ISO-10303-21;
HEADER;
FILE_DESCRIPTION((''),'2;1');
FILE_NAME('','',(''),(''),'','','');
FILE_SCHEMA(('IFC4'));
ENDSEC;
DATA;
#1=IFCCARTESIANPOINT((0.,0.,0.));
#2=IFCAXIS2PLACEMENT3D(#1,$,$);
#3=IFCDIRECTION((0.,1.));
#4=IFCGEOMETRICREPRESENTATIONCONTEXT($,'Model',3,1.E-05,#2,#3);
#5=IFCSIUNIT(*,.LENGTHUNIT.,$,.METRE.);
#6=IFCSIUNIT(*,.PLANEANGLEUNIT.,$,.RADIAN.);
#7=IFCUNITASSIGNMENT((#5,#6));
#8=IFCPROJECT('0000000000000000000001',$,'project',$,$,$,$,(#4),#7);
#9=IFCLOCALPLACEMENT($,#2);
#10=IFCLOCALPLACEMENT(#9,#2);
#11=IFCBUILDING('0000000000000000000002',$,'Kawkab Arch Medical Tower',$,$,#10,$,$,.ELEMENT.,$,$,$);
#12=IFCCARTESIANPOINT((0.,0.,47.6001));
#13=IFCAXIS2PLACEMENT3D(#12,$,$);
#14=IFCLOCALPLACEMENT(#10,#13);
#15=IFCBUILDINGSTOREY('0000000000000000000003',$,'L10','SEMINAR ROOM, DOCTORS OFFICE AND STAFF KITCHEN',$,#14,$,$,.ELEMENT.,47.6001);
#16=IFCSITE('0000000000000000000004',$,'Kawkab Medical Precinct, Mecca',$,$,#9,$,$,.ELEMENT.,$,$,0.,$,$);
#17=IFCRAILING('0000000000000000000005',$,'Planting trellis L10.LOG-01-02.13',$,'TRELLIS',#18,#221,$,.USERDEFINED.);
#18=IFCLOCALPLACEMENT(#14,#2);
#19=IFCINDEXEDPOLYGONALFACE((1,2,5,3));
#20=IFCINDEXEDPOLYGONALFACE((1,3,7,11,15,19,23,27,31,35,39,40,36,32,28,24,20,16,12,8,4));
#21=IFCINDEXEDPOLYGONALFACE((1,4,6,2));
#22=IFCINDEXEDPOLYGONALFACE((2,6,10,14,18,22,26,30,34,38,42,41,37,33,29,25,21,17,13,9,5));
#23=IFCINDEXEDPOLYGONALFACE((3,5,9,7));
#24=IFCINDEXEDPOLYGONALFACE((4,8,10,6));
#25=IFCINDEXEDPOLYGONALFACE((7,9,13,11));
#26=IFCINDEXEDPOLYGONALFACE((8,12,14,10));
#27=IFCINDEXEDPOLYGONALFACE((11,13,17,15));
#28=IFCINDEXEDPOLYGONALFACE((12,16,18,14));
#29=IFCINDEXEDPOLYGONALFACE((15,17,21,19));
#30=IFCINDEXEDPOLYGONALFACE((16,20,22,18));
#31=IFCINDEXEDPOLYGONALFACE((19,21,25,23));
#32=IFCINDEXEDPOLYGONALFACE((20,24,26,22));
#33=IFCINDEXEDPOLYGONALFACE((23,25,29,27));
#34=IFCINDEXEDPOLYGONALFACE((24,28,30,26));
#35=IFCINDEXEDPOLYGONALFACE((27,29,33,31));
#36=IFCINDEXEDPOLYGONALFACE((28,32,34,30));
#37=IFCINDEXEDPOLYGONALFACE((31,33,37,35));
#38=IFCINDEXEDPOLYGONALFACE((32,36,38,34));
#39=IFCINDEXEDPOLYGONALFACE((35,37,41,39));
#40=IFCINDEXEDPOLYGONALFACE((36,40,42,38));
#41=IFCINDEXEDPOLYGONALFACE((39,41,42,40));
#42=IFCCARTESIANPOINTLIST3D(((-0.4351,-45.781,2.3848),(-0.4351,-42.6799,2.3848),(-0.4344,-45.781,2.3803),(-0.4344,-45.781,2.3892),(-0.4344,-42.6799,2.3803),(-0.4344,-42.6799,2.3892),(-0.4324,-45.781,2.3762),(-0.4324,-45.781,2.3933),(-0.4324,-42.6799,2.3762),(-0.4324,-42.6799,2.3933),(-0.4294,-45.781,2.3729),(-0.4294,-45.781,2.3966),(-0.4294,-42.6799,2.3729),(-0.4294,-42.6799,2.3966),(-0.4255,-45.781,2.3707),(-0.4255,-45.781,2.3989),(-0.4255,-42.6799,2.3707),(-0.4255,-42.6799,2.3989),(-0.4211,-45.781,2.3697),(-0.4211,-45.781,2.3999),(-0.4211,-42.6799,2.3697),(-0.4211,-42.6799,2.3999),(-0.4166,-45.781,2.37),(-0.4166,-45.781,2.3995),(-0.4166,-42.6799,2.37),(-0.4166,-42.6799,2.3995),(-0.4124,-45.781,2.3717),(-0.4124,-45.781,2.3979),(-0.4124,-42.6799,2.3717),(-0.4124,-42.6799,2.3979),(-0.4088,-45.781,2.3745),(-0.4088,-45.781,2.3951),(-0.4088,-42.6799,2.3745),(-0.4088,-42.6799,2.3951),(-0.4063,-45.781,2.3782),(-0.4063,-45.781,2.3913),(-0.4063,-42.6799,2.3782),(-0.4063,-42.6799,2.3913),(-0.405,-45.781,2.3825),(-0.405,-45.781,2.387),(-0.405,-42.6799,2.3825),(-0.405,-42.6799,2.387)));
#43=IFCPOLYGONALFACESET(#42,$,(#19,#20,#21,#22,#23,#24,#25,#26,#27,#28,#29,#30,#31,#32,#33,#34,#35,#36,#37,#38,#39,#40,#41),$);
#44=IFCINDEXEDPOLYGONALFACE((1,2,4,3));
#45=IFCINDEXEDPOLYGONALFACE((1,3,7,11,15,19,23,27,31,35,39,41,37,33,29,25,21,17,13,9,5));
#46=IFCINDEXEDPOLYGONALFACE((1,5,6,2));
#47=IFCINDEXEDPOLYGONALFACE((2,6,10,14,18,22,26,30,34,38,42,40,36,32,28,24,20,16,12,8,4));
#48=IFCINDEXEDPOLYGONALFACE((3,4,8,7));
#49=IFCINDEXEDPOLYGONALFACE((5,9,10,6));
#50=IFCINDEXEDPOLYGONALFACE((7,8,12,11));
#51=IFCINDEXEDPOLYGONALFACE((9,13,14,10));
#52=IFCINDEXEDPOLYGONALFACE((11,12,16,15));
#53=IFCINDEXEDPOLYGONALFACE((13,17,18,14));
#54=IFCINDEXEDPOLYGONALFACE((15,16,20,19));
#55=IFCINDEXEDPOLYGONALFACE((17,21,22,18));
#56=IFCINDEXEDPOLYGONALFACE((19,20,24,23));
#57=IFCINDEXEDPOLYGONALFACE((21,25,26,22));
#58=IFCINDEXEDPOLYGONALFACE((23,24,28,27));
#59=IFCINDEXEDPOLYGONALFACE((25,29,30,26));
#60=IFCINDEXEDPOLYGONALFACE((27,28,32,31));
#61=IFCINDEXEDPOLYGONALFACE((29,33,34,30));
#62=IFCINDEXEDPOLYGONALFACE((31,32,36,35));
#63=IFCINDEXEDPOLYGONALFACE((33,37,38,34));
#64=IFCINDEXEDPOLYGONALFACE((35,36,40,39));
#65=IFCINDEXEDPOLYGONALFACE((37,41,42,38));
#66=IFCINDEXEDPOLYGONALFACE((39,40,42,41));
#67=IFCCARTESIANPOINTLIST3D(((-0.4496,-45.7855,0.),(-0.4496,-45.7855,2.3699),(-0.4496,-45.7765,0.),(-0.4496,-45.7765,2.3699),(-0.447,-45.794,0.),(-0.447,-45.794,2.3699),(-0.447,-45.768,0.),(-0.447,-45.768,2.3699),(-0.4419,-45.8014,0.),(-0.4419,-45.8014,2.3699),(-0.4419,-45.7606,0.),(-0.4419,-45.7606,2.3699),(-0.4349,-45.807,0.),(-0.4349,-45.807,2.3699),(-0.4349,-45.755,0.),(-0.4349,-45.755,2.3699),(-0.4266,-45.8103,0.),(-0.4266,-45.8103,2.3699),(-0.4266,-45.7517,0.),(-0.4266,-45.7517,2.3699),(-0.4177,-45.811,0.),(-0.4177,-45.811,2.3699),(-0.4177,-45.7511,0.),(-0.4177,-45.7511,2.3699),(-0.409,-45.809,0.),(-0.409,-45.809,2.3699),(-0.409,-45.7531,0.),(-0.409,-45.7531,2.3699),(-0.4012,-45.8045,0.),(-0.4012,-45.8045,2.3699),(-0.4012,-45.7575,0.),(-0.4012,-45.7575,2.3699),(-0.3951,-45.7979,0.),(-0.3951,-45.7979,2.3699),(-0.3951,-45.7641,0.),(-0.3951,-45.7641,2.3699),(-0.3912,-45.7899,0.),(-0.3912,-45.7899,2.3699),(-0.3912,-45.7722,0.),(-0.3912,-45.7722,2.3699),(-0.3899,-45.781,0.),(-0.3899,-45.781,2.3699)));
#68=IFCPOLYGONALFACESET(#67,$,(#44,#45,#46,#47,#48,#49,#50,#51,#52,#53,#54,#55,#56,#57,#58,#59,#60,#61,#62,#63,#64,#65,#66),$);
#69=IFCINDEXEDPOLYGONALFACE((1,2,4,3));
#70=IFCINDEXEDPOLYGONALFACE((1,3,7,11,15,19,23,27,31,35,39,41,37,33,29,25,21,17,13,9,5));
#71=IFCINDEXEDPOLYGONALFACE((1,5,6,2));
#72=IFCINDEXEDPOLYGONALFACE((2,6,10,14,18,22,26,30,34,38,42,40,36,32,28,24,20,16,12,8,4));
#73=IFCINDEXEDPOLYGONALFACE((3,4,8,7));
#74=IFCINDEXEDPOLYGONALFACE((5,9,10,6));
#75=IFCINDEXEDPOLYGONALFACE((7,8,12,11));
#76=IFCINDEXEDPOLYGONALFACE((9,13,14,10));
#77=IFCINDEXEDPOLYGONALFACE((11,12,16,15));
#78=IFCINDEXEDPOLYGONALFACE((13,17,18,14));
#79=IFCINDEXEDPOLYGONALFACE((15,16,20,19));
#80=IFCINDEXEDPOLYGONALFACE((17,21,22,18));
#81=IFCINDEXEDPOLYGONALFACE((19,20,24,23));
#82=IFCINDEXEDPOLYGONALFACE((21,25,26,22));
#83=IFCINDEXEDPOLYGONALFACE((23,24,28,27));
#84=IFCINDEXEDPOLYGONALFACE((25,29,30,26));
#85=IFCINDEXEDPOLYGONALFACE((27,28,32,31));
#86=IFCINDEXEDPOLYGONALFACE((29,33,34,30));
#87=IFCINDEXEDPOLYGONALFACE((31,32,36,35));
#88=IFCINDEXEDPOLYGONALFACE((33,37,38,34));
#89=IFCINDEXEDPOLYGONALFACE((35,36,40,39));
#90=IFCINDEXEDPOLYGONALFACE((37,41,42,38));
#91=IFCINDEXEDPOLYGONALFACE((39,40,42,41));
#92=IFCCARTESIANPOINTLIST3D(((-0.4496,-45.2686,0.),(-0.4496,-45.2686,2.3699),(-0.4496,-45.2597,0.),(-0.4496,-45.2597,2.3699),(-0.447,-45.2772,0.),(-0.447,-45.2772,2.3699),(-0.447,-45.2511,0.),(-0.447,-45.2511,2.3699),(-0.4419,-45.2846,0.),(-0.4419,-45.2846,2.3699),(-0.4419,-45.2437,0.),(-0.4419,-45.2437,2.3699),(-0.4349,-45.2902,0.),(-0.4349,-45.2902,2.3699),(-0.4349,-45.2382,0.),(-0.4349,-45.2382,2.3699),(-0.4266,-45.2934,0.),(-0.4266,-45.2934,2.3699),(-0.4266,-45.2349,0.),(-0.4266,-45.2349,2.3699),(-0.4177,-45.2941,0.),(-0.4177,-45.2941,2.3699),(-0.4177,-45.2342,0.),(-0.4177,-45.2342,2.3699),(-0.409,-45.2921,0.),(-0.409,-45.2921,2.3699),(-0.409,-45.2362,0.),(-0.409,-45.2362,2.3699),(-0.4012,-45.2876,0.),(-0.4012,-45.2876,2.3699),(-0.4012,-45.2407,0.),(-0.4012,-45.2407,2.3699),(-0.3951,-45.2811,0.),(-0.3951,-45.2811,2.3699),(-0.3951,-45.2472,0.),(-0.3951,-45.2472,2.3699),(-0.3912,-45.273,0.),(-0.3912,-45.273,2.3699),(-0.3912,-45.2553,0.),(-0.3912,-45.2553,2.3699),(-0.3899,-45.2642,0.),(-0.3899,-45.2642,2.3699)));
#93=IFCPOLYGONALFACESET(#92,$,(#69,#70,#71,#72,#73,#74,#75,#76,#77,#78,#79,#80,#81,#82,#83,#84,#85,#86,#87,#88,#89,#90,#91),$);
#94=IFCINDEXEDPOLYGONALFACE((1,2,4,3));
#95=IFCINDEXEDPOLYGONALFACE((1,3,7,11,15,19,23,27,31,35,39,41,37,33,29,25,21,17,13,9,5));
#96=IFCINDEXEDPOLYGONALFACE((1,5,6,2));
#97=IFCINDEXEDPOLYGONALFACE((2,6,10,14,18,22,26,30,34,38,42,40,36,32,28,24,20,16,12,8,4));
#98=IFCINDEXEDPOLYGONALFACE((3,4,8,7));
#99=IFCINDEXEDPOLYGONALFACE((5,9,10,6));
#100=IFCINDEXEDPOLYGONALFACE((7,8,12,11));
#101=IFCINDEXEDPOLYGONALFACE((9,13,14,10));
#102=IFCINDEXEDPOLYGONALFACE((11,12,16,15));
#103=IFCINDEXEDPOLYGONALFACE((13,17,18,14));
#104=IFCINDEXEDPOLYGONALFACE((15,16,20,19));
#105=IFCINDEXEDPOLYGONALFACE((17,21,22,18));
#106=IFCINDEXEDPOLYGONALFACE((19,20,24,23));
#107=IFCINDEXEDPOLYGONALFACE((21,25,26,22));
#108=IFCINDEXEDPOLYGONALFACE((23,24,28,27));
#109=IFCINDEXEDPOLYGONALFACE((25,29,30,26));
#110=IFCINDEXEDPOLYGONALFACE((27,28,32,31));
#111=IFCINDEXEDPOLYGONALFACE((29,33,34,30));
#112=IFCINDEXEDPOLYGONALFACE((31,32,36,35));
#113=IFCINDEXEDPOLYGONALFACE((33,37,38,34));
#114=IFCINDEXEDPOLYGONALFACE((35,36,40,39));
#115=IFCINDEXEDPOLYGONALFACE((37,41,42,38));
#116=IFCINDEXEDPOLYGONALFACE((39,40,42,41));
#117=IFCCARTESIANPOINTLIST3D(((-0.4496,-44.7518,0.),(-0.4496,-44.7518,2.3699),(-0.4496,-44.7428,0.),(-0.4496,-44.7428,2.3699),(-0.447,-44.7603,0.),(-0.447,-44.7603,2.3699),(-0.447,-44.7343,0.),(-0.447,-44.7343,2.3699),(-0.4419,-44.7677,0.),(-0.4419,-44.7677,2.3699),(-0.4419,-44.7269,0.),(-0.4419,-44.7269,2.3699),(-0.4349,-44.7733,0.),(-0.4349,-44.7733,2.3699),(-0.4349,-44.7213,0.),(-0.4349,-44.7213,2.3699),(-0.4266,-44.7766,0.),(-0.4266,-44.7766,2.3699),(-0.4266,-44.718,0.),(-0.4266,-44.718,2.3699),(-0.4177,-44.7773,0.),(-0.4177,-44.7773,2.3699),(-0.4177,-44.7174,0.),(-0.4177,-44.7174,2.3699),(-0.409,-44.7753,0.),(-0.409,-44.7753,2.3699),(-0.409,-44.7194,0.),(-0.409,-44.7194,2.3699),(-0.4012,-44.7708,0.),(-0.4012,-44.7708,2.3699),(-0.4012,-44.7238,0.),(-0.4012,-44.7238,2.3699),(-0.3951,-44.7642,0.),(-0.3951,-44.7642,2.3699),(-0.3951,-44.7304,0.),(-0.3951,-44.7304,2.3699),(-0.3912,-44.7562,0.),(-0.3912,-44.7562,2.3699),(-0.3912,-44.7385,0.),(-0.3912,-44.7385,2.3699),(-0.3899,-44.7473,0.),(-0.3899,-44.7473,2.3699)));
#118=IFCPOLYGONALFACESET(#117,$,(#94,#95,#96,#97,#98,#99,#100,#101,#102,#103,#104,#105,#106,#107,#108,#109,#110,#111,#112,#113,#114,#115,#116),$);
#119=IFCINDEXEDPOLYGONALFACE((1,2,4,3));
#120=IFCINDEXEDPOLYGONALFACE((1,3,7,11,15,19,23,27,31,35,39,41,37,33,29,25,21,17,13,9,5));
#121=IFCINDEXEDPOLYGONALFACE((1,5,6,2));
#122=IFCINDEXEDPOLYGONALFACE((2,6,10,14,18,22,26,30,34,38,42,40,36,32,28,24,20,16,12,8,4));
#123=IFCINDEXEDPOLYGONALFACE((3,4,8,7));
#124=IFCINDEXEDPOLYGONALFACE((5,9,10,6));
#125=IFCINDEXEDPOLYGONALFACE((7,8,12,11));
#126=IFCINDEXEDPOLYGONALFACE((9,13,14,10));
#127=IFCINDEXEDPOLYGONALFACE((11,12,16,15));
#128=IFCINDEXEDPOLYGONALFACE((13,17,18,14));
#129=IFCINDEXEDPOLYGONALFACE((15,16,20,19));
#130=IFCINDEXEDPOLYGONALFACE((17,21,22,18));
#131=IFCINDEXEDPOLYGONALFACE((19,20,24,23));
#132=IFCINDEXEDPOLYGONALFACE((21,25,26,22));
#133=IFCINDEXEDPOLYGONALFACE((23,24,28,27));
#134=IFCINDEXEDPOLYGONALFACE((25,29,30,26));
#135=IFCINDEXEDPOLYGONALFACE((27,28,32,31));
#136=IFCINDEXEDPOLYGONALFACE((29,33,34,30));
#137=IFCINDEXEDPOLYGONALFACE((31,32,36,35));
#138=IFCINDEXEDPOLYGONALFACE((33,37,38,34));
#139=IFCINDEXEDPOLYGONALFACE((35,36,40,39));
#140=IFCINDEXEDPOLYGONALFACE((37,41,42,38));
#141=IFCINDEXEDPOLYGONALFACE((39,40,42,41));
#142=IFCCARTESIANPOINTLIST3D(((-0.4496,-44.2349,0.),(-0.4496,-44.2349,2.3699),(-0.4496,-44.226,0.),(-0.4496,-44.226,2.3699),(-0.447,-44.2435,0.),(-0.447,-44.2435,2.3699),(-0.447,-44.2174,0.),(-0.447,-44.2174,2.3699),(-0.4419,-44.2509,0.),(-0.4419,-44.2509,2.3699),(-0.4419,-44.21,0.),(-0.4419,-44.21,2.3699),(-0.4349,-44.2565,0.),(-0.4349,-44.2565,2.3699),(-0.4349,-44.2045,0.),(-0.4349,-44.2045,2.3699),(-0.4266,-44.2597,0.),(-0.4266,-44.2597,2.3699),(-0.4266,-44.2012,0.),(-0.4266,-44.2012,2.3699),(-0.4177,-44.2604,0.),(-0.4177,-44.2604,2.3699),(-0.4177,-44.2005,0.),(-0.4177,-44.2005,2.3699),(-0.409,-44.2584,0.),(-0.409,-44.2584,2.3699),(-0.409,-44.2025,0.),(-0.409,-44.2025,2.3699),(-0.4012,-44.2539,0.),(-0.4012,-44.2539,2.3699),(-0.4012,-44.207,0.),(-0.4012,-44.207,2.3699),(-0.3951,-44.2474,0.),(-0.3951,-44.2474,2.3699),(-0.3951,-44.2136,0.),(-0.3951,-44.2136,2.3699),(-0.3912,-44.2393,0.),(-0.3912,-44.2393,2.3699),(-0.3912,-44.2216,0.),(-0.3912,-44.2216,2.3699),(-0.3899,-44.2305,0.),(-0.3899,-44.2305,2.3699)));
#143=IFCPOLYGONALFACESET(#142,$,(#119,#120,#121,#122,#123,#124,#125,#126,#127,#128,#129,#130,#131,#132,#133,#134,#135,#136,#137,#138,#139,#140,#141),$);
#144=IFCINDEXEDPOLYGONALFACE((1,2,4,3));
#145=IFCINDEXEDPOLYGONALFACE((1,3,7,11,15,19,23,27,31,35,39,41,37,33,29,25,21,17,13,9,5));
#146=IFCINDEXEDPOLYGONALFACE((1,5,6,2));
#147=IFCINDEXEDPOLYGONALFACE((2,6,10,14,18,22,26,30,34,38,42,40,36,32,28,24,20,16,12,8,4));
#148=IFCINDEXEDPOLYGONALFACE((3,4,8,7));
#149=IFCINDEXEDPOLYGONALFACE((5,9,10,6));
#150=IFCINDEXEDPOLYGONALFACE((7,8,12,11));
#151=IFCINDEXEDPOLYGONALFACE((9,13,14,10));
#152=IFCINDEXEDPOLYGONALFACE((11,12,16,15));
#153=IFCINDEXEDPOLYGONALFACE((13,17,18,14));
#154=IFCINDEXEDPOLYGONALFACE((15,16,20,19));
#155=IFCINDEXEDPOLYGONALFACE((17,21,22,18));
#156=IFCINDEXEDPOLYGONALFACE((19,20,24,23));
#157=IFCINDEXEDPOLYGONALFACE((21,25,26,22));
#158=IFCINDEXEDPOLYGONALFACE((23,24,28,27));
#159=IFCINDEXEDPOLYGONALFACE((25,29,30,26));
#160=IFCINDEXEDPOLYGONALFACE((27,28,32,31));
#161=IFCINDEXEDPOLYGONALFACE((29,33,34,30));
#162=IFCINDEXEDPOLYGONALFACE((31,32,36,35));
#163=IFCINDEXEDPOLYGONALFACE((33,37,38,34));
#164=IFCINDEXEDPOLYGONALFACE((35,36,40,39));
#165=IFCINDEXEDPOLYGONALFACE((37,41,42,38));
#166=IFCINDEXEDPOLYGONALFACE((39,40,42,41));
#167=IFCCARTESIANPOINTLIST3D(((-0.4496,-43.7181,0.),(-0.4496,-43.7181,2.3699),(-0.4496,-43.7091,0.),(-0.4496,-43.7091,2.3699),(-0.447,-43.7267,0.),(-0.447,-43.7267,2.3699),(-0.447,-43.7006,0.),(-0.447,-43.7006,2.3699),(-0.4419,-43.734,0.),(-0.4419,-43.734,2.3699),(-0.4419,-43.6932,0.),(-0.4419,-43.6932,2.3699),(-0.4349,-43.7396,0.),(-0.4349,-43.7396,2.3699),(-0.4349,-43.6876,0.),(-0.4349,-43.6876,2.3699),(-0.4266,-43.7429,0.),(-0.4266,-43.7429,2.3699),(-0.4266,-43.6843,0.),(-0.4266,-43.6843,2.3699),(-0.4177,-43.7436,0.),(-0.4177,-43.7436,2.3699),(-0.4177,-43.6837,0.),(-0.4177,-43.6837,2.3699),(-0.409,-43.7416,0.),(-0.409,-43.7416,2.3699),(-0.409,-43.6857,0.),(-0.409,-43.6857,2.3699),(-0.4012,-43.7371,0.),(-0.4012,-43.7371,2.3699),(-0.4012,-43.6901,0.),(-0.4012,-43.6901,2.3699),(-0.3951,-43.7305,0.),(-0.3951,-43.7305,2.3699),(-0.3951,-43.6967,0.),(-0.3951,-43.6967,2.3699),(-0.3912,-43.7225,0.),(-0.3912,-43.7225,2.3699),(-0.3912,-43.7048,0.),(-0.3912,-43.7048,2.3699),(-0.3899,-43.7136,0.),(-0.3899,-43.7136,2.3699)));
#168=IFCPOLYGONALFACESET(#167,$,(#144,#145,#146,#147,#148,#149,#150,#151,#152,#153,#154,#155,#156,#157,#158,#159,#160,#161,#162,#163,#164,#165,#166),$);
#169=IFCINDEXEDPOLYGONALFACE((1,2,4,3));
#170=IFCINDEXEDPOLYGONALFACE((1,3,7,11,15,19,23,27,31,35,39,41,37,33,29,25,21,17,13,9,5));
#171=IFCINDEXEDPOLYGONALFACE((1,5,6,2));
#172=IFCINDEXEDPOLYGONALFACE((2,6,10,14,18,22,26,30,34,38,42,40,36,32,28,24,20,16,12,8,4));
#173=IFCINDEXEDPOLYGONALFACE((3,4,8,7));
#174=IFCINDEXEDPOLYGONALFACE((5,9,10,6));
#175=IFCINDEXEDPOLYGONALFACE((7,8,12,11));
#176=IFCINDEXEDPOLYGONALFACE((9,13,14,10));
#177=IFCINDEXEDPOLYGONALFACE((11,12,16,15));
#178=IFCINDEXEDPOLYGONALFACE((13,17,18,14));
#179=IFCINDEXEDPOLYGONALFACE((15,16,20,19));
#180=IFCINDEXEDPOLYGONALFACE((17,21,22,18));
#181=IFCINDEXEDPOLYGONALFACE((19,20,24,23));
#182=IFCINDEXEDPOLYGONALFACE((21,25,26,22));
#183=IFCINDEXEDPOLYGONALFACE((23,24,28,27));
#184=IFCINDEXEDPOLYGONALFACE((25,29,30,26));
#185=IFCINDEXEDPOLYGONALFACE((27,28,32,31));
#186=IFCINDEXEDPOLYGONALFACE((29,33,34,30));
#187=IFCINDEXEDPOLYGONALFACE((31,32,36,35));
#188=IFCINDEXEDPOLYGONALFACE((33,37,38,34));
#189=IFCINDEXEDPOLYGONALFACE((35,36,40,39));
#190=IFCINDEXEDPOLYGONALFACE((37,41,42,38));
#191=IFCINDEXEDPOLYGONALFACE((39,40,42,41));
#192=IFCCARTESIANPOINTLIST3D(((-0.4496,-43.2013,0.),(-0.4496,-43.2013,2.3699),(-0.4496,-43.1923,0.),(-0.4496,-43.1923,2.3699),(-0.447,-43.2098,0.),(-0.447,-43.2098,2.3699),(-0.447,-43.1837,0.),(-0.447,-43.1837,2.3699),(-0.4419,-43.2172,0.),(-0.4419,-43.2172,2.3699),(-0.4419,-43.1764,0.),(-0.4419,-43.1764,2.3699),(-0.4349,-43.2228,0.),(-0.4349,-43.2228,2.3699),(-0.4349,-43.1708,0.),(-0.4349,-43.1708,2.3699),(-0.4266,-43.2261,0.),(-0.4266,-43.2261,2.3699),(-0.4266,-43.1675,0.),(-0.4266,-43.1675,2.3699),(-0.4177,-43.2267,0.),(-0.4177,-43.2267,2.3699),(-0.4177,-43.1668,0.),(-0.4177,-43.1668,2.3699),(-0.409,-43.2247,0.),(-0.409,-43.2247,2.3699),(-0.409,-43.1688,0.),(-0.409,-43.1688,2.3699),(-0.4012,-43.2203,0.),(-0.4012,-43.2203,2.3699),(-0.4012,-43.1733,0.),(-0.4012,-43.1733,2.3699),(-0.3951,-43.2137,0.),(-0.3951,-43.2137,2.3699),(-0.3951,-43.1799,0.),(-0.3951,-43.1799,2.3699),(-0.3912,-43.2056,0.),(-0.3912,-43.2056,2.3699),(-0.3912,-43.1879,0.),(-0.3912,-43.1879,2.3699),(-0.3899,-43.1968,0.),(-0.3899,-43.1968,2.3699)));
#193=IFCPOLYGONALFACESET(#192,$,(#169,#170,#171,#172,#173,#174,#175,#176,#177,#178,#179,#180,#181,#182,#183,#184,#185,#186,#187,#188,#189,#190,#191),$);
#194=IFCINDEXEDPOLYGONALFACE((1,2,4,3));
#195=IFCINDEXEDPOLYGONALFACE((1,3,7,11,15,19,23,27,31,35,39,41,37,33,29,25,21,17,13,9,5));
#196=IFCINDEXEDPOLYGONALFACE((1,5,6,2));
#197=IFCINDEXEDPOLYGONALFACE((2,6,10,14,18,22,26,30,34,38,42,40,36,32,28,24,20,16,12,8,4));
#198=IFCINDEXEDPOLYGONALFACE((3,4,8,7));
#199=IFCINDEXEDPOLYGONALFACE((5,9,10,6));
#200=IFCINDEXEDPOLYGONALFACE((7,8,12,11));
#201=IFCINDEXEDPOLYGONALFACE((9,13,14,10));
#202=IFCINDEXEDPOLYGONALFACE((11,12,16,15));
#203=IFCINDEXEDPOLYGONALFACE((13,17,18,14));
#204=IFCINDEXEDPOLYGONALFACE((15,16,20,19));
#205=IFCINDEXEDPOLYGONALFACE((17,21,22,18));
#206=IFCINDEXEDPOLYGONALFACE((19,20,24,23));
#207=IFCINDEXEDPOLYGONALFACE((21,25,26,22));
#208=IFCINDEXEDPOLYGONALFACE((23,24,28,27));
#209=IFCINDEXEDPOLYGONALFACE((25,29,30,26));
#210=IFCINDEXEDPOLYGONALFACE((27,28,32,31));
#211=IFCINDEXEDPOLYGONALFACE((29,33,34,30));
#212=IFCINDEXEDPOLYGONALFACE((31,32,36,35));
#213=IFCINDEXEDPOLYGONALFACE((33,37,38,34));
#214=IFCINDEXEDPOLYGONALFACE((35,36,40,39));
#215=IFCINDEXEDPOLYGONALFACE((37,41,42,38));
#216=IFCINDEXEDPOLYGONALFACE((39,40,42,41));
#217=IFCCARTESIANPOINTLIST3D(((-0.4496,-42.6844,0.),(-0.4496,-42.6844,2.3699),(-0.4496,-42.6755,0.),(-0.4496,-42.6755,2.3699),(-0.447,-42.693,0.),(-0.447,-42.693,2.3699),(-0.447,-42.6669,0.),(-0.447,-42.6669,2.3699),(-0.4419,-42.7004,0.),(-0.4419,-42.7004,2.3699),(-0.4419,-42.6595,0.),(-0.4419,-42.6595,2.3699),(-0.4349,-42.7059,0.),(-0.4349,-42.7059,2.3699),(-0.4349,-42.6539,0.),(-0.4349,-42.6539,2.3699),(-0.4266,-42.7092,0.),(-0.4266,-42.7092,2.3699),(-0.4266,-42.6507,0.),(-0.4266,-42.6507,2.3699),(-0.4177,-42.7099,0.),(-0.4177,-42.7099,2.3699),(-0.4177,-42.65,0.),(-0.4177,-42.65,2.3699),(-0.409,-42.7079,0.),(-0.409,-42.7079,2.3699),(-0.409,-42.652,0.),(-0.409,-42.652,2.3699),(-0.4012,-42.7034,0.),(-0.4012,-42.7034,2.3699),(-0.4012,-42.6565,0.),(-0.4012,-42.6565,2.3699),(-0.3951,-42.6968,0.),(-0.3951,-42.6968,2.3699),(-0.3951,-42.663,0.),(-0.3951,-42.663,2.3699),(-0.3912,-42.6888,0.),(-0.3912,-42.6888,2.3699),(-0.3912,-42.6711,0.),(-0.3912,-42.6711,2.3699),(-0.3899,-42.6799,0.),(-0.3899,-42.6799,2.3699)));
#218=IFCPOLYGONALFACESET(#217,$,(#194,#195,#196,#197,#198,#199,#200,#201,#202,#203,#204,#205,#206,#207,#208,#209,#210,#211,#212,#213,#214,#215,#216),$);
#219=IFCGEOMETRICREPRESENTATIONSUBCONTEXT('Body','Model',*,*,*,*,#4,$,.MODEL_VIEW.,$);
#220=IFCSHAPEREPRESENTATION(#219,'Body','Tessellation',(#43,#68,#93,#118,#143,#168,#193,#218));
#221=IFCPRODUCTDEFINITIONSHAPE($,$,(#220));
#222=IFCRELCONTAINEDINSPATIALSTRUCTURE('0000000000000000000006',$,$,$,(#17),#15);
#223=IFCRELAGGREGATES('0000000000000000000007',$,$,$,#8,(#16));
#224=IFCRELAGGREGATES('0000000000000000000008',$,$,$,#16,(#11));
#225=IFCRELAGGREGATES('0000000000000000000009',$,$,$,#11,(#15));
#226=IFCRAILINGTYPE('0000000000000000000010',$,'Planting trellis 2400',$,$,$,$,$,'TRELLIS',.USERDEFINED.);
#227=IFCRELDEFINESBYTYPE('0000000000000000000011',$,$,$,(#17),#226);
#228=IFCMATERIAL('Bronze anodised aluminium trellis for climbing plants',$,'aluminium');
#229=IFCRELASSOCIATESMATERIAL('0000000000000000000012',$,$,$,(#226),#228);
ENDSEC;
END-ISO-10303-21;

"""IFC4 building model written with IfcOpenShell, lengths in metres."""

from ifc_helpers import new_model, si_unit, direction, frame, origin, origin_2d, place, context, subcontext, project, spatial, circle, extrude, material, type_object, element, save


model = new_model("IFC4")

# Units and contexts
model_context = context("Model", 3, precision=1e-05, world=origin(), true_north=direction((0.0, 1.0)))
body_context = subcontext(model_context, "Body", "Model", "MODEL_VIEW")
ifc_project = project(units=[si_unit("LENGTHUNIT", "METRE"), si_unit("PLANEANGLEUNIT", "RADIAN")], contexts=[model_context])

# Site, building, storey
site_placement = place(None, origin())
site = spatial("IfcSite", under=ifc_project, at=site_placement, Name="Kawkab Medical Precinct, Mecca", CompositionType="ELEMENT", RefElevation=0.0)
building_placement = place(site_placement, origin())
building = spatial("IfcBuilding", under=site, at=building_placement, Name="Kawkab Arch Medical Tower", CompositionType="ELEMENT")
storey_placement = place(building_placement, frame((0.0, 0.0, 47.6001)))
storey = spatial("IfcBuildingStorey", under=building, at=storey_placement, Name="L10", Description="SEMINAR ROOM, DOCTORS OFFICE AND STAFF KITCHEN", CompositionType="ELEMENT", Elevation=47.6001)

# Railing
ifc_material_1 = material(Name="Bronze anodised aluminium trellis for climbing plants", Category="aluminium")
railing_type = type_object("IfcRailingType", Name="Planting trellis 2400", ElementType="TRELLIS", PredefinedType="USERDEFINED", material=ifc_material_1)
railing_1_placement = place(storey_placement, frame((-0.4199, -45.781, 0.0)))
element("IfcRailing", 1, at=railing_1_placement, inside=storey, type_object=railing_type, Name="Planting trellis L10.LOG-01-02.13", ObjectType="TRELLIS", PredefinedType="USERDEFINED", context=body_context, shape_type="SweptSolid", body=[
    extrude(circle(Radius=0.0151, at=origin_2d()), frame((0.0, 0.0, 2.3848), z_axis=(0.0, 1.0, 0.0), x_axis=(-1.0, 0.0, 0.0)), (0.0, 0.0, 1.0), 3.1011),
    extrude(circle(Radius=0.03, at=origin_2d()), origin(), (0.0, 0.0, 1.0), 2.3699),
    extrude(circle(Radius=0.03, at=origin_2d()), frame((0.0, 0.5168, 0.0)), (0.0, 0.0, 1.0), 2.3699),
    extrude(circle(Radius=0.03, at=origin_2d()), frame((0.0, 1.0337, 0.0)), (0.0, 0.0, 1.0), 2.3699),
    extrude(circle(Radius=0.03, at=origin_2d()), frame((0.0, 1.5505, 0.0)), (0.0, 0.0, 1.0), 2.3699),
    extrude(circle(Radius=0.03, at=origin_2d()), frame((0.0, 2.0674, 0.0)), (0.0, 0.0, 1.0), 2.3699),
    extrude(circle(Radius=0.03, at=origin_2d()), frame((0.0, 2.5842, 0.0)), (0.0, 0.0, 1.0), 2.3699),
    extrude(circle(Radius=0.03, at=origin_2d()), frame((0.0, 3.1011, 0.0)), (0.0, 0.0, 1.0), 2.3699),
])

save(model, "model.ifc")
